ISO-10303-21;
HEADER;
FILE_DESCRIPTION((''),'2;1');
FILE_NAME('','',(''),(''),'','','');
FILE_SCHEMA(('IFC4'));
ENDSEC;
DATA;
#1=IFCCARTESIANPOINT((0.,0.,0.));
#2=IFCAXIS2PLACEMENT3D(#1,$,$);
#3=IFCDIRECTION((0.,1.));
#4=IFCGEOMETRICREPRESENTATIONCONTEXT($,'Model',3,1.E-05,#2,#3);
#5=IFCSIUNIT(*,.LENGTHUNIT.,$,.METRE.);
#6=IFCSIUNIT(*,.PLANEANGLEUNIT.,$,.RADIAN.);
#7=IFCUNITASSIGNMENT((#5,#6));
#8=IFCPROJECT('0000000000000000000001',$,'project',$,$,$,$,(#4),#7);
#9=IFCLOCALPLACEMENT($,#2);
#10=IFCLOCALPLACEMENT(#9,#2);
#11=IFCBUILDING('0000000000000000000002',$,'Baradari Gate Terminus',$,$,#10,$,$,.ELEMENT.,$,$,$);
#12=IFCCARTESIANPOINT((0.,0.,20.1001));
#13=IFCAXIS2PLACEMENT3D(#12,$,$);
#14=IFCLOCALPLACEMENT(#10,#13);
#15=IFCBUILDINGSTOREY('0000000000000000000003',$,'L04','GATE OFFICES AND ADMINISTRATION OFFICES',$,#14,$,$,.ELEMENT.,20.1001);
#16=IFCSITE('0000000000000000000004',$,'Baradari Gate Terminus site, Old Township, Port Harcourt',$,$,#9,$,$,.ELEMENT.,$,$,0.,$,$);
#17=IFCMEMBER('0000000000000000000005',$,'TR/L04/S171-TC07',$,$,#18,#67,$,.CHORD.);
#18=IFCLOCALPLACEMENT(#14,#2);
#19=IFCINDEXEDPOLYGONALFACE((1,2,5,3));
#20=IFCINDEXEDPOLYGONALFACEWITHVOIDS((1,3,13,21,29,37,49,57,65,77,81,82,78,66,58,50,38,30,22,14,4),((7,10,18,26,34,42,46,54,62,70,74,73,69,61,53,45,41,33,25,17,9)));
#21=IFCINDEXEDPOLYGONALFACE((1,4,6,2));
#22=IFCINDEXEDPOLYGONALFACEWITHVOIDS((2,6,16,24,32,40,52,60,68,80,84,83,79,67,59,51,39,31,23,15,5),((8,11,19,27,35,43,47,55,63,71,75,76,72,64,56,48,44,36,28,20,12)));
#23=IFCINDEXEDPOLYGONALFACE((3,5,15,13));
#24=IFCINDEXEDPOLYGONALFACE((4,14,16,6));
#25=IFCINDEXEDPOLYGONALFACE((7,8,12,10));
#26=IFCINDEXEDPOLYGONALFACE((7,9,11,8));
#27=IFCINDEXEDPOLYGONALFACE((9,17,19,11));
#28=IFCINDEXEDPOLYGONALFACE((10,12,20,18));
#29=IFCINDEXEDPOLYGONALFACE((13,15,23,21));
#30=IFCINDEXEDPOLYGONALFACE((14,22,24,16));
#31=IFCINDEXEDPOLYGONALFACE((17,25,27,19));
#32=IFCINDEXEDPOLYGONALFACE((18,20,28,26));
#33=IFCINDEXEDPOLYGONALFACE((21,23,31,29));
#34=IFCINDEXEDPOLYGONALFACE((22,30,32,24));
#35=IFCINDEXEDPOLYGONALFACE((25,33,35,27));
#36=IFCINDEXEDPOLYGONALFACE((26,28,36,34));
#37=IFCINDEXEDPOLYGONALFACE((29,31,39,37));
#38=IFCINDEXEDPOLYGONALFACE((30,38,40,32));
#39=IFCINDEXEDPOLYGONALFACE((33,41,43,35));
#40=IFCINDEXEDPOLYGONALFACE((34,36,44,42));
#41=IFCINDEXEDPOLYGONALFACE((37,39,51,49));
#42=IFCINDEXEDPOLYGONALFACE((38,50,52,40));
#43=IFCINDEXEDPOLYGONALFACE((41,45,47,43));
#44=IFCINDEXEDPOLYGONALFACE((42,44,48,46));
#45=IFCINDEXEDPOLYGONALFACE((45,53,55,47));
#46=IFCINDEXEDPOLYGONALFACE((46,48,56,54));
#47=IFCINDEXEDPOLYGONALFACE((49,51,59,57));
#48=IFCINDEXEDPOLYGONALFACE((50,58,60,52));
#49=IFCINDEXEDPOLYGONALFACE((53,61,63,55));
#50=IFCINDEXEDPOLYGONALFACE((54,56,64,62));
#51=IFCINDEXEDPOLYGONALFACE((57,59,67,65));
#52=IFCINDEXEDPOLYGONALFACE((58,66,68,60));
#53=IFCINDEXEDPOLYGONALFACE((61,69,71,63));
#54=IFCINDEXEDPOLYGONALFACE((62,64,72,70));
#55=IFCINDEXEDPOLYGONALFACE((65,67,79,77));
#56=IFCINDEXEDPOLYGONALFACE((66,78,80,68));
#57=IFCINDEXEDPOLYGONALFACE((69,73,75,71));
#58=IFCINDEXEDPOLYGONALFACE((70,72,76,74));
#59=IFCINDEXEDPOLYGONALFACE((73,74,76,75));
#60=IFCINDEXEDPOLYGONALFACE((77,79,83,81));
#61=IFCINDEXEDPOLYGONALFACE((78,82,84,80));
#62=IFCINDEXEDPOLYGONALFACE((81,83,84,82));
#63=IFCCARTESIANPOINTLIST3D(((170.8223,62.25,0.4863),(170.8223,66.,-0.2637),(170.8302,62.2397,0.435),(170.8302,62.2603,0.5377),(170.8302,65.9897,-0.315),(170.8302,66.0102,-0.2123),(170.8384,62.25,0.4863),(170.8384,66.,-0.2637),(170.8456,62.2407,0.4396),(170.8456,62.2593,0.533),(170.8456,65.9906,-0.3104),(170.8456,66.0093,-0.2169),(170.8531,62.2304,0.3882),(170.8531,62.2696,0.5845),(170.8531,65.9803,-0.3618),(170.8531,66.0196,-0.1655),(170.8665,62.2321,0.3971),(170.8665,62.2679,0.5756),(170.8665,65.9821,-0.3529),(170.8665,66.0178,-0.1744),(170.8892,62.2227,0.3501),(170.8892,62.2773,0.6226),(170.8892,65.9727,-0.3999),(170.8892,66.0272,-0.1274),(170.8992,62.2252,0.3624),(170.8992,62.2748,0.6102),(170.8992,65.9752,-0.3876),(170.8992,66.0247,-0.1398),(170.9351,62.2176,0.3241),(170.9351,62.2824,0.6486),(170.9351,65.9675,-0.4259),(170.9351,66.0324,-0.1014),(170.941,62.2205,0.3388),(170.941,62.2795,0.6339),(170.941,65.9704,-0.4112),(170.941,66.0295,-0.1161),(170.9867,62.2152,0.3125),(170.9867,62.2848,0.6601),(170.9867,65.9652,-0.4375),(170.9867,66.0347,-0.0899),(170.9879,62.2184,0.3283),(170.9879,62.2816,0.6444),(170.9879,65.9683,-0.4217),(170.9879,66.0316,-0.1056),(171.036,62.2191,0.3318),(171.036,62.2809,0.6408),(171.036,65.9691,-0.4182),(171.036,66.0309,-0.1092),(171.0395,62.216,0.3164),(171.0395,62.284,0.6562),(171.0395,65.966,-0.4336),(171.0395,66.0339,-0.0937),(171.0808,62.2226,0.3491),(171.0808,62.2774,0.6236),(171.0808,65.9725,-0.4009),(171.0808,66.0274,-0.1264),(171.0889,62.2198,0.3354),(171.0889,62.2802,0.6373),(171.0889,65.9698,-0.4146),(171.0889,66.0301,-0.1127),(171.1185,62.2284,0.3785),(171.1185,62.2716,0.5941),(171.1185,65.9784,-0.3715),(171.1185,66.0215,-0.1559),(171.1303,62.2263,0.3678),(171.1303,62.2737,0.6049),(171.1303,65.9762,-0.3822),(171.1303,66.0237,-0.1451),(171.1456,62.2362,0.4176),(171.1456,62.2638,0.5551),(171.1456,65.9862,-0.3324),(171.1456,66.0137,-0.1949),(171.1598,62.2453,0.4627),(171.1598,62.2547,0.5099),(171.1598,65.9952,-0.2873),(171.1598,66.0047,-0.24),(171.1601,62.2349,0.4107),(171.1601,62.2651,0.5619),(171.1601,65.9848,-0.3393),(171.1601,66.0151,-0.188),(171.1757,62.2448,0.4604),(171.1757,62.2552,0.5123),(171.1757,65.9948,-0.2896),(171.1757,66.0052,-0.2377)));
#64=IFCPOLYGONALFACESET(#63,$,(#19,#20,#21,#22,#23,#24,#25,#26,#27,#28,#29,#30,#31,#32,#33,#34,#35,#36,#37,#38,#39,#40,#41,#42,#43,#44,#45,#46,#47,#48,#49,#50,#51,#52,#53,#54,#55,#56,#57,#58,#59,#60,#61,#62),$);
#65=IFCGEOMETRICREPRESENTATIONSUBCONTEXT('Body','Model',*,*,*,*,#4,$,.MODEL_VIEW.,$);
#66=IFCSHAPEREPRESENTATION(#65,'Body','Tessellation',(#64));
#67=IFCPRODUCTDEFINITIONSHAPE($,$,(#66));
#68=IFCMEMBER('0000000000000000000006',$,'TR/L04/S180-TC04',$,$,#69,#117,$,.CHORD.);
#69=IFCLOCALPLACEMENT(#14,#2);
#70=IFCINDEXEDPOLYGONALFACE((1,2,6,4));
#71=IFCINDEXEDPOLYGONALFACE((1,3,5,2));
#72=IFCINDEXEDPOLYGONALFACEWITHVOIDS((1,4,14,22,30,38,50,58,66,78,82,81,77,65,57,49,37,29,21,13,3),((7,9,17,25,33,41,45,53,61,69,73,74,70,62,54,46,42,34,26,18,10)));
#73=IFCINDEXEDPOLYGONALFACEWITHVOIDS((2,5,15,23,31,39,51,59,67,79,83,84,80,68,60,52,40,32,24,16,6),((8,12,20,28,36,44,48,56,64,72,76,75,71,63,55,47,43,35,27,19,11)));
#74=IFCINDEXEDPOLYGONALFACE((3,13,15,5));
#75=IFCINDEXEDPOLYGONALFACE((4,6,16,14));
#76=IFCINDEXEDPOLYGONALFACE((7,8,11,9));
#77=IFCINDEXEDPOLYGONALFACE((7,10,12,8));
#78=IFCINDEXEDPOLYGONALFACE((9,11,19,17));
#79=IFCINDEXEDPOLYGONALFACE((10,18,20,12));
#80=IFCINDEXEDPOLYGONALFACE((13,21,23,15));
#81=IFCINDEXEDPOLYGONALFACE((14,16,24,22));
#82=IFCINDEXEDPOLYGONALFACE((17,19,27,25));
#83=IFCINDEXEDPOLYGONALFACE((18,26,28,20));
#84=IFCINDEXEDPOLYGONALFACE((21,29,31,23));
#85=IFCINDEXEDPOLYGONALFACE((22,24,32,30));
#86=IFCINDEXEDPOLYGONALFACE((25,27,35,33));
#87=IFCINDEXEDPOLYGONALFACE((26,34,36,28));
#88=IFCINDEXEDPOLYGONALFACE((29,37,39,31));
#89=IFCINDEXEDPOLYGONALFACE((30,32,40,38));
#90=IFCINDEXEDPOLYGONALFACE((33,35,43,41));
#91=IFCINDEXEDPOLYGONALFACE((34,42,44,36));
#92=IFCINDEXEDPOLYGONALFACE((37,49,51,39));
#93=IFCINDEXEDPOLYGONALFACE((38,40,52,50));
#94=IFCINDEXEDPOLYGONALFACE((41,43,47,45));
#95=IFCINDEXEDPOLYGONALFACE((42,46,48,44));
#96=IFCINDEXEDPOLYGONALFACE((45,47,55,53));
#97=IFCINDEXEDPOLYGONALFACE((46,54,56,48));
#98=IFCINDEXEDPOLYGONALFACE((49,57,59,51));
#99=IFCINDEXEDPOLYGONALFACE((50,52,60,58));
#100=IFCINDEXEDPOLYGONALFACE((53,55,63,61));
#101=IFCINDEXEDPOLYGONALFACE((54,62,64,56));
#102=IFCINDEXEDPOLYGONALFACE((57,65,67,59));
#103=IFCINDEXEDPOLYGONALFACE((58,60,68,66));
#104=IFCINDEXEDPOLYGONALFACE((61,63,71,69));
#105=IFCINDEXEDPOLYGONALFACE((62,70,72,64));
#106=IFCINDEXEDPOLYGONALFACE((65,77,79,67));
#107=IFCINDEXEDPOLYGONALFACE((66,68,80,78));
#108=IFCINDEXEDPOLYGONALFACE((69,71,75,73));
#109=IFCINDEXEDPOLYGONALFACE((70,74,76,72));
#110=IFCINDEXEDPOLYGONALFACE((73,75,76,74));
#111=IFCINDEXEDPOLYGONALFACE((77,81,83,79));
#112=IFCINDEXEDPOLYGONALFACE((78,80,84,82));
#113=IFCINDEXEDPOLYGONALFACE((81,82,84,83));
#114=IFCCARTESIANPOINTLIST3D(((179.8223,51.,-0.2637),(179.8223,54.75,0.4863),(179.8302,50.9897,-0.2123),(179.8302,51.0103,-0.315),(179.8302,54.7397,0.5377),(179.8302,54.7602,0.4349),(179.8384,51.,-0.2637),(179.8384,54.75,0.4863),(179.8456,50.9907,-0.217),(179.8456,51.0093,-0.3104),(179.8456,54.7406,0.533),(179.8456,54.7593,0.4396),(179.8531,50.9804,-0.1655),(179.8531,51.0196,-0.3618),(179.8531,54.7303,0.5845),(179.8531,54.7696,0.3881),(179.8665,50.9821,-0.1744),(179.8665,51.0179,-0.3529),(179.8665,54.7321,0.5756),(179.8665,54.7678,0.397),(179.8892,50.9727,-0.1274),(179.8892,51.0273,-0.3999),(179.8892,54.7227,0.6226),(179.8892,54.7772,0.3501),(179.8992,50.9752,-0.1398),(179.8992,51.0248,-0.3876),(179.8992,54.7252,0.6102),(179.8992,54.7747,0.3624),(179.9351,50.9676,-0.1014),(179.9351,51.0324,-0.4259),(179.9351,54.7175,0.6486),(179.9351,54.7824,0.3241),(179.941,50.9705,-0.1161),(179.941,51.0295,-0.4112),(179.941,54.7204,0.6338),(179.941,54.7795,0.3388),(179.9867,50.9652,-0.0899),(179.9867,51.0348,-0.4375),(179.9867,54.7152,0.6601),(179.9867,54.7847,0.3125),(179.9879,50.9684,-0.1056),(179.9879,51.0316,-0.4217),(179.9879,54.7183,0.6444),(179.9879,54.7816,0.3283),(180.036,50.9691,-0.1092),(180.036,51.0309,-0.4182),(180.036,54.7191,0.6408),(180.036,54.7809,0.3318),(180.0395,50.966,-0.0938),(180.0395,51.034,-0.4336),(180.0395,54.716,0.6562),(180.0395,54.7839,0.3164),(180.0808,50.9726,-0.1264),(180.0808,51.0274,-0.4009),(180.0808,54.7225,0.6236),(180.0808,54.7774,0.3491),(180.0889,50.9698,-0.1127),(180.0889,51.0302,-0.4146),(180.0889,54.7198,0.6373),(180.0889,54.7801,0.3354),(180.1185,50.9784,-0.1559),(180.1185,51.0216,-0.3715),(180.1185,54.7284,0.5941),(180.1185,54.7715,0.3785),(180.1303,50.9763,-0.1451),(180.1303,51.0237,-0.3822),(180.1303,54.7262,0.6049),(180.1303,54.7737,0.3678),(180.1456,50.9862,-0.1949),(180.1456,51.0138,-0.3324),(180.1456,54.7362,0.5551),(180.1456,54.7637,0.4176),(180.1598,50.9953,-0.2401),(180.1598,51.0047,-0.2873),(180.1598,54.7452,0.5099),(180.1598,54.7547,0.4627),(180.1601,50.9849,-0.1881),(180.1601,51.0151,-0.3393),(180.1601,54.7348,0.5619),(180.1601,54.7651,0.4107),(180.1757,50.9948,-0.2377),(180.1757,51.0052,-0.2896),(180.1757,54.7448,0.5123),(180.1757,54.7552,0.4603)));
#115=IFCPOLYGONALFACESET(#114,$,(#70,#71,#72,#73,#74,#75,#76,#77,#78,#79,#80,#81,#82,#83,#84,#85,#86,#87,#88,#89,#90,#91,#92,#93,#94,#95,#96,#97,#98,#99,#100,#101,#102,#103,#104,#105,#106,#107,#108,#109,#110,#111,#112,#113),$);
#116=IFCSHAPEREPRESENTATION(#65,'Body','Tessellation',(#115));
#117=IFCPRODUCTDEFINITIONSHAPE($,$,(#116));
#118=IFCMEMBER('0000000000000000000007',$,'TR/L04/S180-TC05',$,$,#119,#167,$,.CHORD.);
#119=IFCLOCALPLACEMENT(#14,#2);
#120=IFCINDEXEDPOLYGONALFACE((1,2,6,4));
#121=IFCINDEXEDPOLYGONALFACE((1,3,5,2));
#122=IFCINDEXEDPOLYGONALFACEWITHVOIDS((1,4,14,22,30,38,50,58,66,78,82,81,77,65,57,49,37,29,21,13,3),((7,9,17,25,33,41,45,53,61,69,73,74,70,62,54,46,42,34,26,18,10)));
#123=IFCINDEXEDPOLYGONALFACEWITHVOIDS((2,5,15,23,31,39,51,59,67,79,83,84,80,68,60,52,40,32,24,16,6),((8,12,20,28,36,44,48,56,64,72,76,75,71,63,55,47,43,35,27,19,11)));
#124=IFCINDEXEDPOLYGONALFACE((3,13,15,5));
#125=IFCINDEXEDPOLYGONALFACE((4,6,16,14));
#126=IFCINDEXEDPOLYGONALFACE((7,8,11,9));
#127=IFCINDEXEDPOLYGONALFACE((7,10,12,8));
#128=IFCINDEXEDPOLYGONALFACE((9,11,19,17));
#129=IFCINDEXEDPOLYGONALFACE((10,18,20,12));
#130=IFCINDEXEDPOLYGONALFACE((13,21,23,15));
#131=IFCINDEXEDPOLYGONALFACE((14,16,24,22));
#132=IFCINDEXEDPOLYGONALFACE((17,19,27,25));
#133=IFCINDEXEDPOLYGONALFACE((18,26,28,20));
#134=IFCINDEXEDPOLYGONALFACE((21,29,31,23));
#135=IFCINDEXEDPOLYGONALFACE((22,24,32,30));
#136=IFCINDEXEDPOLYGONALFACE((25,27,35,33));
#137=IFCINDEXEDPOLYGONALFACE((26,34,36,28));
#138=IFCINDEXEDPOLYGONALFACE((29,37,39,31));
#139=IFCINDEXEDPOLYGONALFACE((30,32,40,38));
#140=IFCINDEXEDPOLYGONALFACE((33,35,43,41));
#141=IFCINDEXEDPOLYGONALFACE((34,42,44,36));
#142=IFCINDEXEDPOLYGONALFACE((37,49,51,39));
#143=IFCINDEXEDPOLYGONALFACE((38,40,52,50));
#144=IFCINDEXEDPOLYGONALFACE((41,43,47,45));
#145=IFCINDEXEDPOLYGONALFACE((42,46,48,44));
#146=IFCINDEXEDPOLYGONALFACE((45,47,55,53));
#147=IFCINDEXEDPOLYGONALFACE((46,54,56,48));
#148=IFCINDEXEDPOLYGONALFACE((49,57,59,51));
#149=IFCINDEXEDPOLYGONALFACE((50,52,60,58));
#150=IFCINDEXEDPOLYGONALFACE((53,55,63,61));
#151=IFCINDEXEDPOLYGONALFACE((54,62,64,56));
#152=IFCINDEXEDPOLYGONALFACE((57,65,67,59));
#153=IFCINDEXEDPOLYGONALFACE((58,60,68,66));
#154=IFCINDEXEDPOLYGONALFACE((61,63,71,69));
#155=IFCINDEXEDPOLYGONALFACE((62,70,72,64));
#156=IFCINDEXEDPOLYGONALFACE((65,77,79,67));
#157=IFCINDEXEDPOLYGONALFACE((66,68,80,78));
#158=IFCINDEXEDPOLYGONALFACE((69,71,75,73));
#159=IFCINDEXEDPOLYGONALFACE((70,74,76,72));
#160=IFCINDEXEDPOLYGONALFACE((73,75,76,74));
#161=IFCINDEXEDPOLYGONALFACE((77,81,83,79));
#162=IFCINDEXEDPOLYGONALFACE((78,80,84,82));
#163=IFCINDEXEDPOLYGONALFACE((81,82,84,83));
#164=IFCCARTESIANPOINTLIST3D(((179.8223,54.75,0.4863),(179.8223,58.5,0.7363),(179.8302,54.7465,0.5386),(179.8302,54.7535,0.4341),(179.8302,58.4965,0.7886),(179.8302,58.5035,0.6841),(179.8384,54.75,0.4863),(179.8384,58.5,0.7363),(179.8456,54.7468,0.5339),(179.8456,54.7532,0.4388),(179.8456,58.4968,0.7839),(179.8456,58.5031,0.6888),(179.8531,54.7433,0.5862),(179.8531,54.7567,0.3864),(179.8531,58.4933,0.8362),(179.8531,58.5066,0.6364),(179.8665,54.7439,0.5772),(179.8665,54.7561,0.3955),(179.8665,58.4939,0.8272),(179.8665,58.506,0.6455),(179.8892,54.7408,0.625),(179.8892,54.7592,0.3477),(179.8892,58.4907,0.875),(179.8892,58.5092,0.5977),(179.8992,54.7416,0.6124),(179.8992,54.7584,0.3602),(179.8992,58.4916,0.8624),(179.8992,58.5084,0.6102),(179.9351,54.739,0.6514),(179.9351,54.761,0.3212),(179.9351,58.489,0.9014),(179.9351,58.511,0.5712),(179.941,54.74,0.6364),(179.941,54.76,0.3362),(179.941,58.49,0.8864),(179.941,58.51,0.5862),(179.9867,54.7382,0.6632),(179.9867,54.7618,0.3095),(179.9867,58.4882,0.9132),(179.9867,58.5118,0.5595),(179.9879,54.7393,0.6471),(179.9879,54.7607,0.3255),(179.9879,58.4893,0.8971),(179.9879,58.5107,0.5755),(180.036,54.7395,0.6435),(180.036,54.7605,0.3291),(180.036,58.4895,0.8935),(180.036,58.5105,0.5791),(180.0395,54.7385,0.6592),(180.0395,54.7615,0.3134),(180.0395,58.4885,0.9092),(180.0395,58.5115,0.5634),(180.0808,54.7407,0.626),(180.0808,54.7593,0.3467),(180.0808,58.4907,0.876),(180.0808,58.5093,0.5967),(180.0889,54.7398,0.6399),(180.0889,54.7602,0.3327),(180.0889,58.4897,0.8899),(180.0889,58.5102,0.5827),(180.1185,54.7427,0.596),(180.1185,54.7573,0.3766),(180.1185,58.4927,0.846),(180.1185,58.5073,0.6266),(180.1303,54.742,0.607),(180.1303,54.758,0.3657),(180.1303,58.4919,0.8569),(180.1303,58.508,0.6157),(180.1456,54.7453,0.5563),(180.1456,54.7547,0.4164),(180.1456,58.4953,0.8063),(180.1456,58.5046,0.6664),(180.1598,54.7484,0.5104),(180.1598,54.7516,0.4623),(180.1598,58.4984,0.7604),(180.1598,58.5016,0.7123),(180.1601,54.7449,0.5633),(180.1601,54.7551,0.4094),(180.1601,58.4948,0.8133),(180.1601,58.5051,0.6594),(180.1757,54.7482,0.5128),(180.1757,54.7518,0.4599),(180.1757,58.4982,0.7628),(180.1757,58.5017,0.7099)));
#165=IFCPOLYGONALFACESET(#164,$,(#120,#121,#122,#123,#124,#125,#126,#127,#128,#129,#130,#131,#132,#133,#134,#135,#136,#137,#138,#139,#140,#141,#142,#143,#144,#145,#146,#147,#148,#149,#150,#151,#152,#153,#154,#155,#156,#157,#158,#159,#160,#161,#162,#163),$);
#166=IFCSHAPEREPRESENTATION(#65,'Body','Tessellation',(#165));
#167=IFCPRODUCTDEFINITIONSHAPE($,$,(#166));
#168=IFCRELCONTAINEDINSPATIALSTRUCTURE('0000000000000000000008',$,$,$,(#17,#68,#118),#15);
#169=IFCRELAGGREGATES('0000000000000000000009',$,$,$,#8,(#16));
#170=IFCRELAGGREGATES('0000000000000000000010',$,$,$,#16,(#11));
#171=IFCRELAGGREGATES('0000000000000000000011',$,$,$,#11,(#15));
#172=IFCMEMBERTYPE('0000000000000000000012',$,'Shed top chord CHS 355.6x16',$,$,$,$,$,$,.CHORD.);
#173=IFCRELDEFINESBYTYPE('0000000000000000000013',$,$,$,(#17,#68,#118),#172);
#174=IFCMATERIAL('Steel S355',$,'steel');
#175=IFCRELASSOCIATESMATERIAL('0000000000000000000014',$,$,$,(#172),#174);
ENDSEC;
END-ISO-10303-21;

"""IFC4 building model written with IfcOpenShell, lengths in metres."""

from ifc_helpers import new_model, si_unit, direction, frame, origin, origin_2d, place, context, subcontext, project, spatial, hollow_circle, extrude, material, material_profile, profile_set, type_object, element, save


model = new_model("IFC4")

# Units and contexts
model_context = context("Model", 3, precision=1e-05, world=origin(), true_north=direction((0.0, 1.0)))
body_context = subcontext(model_context, "Body", "Model", "MODEL_VIEW")
ifc_project = project(units=[si_unit("LENGTHUNIT", "METRE"), si_unit("PLANEANGLEUNIT", "RADIAN")], contexts=[model_context])

# Site, building, storey
site_placement = place(None, origin())
site = spatial("IfcSite", under=ifc_project, at=site_placement, Name="Baradari Gate Terminus site, Old Township, Port Harcourt", CompositionType="ELEMENT", RefElevation=0.0)
building_placement = place(site_placement, origin())
building = spatial("IfcBuilding", under=site, at=building_placement, Name="Baradari Gate Terminus", CompositionType="ELEMENT")
storey_placement = place(building_placement, frame((0.0, 0.0, 20.1001)))
storey = spatial("IfcBuildingStorey", under=building, at=storey_placement, Name="L04", Description="GATE OFFICES AND ADMINISTRATION OFFICES", CompositionType="ELEMENT", Elevation=20.1001)

# Members
ifc_material_1 = material(Name="Steel S355", Category="steel")
ifc_material_profile_1 = material_profile(ifc_material_1, hollow_circle(Radius=0.1777, WallThickness=0.0161, at=origin_2d()), Name="CHS 355.6x16")
ifc_profile_set_1 = profile_set([ifc_material_profile_1], Name="Steel S355")
member_type_1 = type_object("IfcMemberType", Name="Shed top chord CHS 355.6x16", PredefinedType="CHORD", material=ifc_profile_set_1)
for number, where, z_axis, x_axis, name in (
    (1, (171.0, 62.25, 0.4863), (0.0, 0.980581, -0.196116), (-1.0, 0.0, 0.0), "TR/L04/S171-TC07"),
    (2, (180.0, 51.0, -0.2637), (0.0, 0.980581, 0.196116), (-1.0, 0.0, 0.0), "TR/L04/S180-TC04"),
):
    element("IfcMember", number, at=place(storey_placement, frame(where, z_axis=z_axis, x_axis=x_axis)), inside=storey, type_object=member_type_1, Name=name, PredefinedType="CHORD", context=body_context, shape_type="SweptSolid", body=[
        extrude(hollow_circle(Radius=0.1777, WallThickness=0.0161, at=origin_2d()), origin(), (0.0, 0.0, 1.0), 3.8242),
    ])
for number, where, z_axis, x_axis, name in (
    (3, (180.0, 54.75, 0.4863), (0.0, 0.997785, 0.066519), (-1.0, 0.0, 0.0), "TR/L04/S180-TC05"),
):
    element("IfcMember", number, at=place(storey_placement, frame(where, z_axis=z_axis, x_axis=x_axis)), inside=storey, type_object=member_type_1, Name=name, PredefinedType="CHORD", context=body_context, shape_type="SweptSolid", body=[
        extrude(hollow_circle(Radius=0.1777, WallThickness=0.0161, at=origin_2d()), origin(), (0.0, 0.0, 1.0), 3.7583),
    ])

save(model, "model.ifc")
